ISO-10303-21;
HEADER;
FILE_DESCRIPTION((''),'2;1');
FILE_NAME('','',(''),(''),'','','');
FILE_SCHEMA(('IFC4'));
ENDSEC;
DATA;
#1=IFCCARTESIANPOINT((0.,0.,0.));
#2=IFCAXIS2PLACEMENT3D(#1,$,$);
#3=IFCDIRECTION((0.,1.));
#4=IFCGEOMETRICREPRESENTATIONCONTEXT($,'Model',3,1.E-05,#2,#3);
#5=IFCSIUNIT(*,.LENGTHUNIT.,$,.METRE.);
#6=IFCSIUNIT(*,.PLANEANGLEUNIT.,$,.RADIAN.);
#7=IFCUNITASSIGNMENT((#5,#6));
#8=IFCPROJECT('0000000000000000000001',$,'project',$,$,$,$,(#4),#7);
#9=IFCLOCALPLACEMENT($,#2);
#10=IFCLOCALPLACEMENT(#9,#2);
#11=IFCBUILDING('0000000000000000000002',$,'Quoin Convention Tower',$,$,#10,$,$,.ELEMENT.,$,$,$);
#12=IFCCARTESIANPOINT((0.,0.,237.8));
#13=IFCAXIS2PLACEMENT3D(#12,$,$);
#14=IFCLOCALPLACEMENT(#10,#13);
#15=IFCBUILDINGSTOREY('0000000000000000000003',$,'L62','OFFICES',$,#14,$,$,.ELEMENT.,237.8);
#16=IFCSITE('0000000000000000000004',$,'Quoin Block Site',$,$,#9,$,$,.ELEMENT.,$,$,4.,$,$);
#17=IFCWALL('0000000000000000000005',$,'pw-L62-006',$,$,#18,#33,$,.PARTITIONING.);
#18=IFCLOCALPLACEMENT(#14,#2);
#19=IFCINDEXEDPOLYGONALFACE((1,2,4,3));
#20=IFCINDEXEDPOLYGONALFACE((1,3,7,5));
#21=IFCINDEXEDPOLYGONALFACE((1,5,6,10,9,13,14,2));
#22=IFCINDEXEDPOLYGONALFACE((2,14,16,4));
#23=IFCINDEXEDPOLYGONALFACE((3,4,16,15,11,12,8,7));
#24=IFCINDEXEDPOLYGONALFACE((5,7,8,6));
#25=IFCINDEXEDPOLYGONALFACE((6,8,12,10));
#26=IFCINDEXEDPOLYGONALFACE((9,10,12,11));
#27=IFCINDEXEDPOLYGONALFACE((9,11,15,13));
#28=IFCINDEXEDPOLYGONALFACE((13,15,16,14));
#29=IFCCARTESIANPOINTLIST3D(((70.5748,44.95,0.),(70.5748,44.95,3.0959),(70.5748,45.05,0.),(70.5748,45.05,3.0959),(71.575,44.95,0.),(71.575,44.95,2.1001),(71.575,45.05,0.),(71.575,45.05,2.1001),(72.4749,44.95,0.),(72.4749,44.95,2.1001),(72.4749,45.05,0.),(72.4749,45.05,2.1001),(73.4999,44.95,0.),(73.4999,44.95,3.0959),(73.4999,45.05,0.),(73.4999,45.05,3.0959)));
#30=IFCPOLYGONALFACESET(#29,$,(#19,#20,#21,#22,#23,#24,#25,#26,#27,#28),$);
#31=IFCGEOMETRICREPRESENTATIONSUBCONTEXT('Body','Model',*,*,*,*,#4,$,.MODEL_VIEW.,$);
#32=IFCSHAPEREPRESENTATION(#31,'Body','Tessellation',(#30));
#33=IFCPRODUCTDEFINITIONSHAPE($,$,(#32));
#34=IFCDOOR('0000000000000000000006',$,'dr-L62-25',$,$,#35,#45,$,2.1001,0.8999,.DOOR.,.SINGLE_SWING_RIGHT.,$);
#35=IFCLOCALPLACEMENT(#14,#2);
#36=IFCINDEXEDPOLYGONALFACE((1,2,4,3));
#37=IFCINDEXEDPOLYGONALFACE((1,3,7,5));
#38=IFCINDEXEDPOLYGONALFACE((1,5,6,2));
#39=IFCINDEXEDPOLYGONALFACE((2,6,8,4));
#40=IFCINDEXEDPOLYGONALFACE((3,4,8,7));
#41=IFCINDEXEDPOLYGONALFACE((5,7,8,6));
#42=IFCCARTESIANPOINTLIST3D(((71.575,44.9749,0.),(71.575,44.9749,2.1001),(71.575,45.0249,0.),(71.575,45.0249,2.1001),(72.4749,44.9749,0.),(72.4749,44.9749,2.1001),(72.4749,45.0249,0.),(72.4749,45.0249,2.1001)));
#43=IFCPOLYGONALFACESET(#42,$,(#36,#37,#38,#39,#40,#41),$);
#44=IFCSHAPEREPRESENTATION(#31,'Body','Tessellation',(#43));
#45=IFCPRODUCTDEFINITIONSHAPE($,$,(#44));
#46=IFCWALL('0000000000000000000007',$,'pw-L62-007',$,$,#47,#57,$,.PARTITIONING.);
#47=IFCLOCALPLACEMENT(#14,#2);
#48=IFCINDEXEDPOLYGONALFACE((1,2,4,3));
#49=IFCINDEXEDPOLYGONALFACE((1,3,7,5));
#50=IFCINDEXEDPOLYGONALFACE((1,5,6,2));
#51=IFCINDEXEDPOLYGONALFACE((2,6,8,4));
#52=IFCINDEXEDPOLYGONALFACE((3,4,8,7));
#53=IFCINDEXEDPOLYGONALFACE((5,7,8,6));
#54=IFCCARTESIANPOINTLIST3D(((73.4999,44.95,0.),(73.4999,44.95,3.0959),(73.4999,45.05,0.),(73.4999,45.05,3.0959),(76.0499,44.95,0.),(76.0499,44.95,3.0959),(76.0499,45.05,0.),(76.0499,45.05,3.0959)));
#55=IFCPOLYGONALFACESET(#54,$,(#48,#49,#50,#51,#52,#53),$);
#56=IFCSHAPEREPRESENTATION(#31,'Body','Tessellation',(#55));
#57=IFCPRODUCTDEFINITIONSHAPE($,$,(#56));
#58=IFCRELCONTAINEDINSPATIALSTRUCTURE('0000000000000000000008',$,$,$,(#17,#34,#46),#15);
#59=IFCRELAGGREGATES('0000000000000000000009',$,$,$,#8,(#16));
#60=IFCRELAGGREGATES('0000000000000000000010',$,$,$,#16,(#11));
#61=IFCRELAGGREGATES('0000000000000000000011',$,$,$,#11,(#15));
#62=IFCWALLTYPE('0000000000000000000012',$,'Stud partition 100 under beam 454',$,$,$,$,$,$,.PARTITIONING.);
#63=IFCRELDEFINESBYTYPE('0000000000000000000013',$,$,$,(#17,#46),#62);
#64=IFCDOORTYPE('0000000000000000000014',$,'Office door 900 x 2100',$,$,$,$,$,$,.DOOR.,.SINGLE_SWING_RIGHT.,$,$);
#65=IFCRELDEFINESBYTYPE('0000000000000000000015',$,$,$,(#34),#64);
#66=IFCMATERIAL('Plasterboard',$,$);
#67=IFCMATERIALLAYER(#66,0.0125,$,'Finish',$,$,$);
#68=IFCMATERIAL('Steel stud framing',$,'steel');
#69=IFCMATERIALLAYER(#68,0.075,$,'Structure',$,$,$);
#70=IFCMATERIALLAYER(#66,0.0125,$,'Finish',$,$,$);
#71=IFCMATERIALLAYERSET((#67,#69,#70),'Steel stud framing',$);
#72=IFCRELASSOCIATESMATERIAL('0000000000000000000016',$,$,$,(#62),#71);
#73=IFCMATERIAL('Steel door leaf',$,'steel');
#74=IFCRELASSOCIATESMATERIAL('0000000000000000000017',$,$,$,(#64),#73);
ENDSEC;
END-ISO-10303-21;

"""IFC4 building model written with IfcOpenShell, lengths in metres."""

from ifc_helpers import new_model, si_unit, direction, frame, frame_2d, origin, place, context, subcontext, project, spatial, rectangle, extrude, material, layer, layer_set, type_object, element, fill, save


model = new_model("IFC4")

# Units and contexts
model_context = context("Model", 3, precision=1e-05, world=origin(), true_north=direction((0.0, 1.0)))
body_context = subcontext(model_context, "Body", "Model", "MODEL_VIEW")
ifc_project = project(units=[si_unit("LENGTHUNIT", "METRE"), si_unit("PLANEANGLEUNIT", "RADIAN")], contexts=[model_context])

# Site, building, storey
site_placement = place(None, origin())
site = spatial("IfcSite", under=ifc_project, at=site_placement, Name="Quoin Block Site", CompositionType="ELEMENT", RefElevation=4.0)
building_placement = place(site_placement, origin())
building = spatial("IfcBuilding", under=site, at=building_placement, Name="Quoin Convention Tower", CompositionType="ELEMENT")
storey_placement = place(building_placement, frame((0.0, 0.0, 237.8)))
storey = spatial("IfcBuildingStorey", under=building, at=storey_placement, Name="L62", Description="OFFICES", CompositionType="ELEMENT", Elevation=237.8)

# Shared definitions
ifc_material_1 = material(Name="Plasterboard")
ifc_material_2 = material(Name="Steel stud framing", Category="steel")

# Wall, opening, door
ifc_material_3 = material(Name="Steel door leaf", Category="steel")
ifc_layer_1 = layer(ifc_material_1, 0.0125, Name="Finish")
ifc_layer_2 = layer(ifc_material_2, 0.075, Name="Structure")
ifc_layer_3 = layer(ifc_material_1, 0.0125, Name="Finish")
ifc_layer_set_1 = layer_set([ifc_layer_1, ifc_layer_2, ifc_layer_3], Name="Steel stud framing")
wall_type_1 = type_object("IfcWallType", Name="Stud partition 100 under beam 454", PredefinedType="PARTITIONING", material=ifc_layer_set_1)
wall_1_placement = place(storey_placement, frame((70.575, 45.0, 0.0), z_axis=(0.0, 0.0, 1.0), x_axis=(1.0, 0.0, 0.0)))
wall_1 = element("IfcWall", 1, at=wall_1_placement, inside=storey, type_object=wall_type_1, Name="pw-L62-006", PredefinedType="PARTITIONING", context=body_context, shape_type="SweptSolid", body=[
    extrude(rectangle(XDim=2.925, YDim=0.1001, at=frame_2d((1.4624, 0.0))), origin(), (0.0, 0.0, 1.0), 3.0959),
])
opening_1_placement = place(wall_1_placement, frame((1.0, 0.0, 0.0)))
opening_1 = element("IfcOpeningElement", 2, at=opening_1_placement, cuts=wall_1, PredefinedType="OPENING", context=body_context, shape_type="SweptSolid", body=[
    extrude(rectangle(XDim=0.8999, YDim=2.1001, at=frame_2d((0.45, 1.05))), frame((0.0, 0.0601, 0.0), z_axis=(0.0, -1.0, 0.0), x_axis=(1.0, 0.0, 0.0)), (0.0, 0.0, 1.0), 0.1201),
])
door_type_1 = type_object("IfcDoorType", Name="Office door 900 x 2100", OperationType="SINGLE_SWING_RIGHT", PredefinedType="DOOR", material=ifc_material_3)
door_1_placement = place(opening_1_placement, origin())
door_1 = element("IfcDoor", 3, at=door_1_placement, inside=storey, type_object=door_type_1, Name="dr-L62-25", OperationType="SINGLE_SWING_RIGHT", OverallHeight=2.1001, OverallWidth=0.8999, PredefinedType="DOOR", context=body_context, shape_type="SweptSolid", body=[
    extrude(rectangle(XDim=0.8999, YDim=2.1001, at=frame_2d((0.45, 1.05))), frame((0.0, 0.0249, 0.0), z_axis=(0.0, -1.0, 0.0), x_axis=(1.0, 0.0, 0.0)), (0.0, 0.0, 1.0), 0.05),
])
fill(opening_1, door_1)

# Wall
wall_2_placement = place(storey_placement, frame((73.5, 45.0, 0.0), z_axis=(0.0, 0.0, 1.0), x_axis=(1.0, 0.0, 0.0)))
element("IfcWall", 4, at=wall_2_placement, inside=storey, type_object=wall_type_1, Name="pw-L62-007", PredefinedType="PARTITIONING", context=body_context, shape_type="SweptSolid", body=[
    extrude(rectangle(XDim=2.55, YDim=0.1001, at=frame_2d((1.2749, 0.0))), origin(), (0.0, 0.0, 1.0), 3.0959),
])

save(model, "model.ifc")
